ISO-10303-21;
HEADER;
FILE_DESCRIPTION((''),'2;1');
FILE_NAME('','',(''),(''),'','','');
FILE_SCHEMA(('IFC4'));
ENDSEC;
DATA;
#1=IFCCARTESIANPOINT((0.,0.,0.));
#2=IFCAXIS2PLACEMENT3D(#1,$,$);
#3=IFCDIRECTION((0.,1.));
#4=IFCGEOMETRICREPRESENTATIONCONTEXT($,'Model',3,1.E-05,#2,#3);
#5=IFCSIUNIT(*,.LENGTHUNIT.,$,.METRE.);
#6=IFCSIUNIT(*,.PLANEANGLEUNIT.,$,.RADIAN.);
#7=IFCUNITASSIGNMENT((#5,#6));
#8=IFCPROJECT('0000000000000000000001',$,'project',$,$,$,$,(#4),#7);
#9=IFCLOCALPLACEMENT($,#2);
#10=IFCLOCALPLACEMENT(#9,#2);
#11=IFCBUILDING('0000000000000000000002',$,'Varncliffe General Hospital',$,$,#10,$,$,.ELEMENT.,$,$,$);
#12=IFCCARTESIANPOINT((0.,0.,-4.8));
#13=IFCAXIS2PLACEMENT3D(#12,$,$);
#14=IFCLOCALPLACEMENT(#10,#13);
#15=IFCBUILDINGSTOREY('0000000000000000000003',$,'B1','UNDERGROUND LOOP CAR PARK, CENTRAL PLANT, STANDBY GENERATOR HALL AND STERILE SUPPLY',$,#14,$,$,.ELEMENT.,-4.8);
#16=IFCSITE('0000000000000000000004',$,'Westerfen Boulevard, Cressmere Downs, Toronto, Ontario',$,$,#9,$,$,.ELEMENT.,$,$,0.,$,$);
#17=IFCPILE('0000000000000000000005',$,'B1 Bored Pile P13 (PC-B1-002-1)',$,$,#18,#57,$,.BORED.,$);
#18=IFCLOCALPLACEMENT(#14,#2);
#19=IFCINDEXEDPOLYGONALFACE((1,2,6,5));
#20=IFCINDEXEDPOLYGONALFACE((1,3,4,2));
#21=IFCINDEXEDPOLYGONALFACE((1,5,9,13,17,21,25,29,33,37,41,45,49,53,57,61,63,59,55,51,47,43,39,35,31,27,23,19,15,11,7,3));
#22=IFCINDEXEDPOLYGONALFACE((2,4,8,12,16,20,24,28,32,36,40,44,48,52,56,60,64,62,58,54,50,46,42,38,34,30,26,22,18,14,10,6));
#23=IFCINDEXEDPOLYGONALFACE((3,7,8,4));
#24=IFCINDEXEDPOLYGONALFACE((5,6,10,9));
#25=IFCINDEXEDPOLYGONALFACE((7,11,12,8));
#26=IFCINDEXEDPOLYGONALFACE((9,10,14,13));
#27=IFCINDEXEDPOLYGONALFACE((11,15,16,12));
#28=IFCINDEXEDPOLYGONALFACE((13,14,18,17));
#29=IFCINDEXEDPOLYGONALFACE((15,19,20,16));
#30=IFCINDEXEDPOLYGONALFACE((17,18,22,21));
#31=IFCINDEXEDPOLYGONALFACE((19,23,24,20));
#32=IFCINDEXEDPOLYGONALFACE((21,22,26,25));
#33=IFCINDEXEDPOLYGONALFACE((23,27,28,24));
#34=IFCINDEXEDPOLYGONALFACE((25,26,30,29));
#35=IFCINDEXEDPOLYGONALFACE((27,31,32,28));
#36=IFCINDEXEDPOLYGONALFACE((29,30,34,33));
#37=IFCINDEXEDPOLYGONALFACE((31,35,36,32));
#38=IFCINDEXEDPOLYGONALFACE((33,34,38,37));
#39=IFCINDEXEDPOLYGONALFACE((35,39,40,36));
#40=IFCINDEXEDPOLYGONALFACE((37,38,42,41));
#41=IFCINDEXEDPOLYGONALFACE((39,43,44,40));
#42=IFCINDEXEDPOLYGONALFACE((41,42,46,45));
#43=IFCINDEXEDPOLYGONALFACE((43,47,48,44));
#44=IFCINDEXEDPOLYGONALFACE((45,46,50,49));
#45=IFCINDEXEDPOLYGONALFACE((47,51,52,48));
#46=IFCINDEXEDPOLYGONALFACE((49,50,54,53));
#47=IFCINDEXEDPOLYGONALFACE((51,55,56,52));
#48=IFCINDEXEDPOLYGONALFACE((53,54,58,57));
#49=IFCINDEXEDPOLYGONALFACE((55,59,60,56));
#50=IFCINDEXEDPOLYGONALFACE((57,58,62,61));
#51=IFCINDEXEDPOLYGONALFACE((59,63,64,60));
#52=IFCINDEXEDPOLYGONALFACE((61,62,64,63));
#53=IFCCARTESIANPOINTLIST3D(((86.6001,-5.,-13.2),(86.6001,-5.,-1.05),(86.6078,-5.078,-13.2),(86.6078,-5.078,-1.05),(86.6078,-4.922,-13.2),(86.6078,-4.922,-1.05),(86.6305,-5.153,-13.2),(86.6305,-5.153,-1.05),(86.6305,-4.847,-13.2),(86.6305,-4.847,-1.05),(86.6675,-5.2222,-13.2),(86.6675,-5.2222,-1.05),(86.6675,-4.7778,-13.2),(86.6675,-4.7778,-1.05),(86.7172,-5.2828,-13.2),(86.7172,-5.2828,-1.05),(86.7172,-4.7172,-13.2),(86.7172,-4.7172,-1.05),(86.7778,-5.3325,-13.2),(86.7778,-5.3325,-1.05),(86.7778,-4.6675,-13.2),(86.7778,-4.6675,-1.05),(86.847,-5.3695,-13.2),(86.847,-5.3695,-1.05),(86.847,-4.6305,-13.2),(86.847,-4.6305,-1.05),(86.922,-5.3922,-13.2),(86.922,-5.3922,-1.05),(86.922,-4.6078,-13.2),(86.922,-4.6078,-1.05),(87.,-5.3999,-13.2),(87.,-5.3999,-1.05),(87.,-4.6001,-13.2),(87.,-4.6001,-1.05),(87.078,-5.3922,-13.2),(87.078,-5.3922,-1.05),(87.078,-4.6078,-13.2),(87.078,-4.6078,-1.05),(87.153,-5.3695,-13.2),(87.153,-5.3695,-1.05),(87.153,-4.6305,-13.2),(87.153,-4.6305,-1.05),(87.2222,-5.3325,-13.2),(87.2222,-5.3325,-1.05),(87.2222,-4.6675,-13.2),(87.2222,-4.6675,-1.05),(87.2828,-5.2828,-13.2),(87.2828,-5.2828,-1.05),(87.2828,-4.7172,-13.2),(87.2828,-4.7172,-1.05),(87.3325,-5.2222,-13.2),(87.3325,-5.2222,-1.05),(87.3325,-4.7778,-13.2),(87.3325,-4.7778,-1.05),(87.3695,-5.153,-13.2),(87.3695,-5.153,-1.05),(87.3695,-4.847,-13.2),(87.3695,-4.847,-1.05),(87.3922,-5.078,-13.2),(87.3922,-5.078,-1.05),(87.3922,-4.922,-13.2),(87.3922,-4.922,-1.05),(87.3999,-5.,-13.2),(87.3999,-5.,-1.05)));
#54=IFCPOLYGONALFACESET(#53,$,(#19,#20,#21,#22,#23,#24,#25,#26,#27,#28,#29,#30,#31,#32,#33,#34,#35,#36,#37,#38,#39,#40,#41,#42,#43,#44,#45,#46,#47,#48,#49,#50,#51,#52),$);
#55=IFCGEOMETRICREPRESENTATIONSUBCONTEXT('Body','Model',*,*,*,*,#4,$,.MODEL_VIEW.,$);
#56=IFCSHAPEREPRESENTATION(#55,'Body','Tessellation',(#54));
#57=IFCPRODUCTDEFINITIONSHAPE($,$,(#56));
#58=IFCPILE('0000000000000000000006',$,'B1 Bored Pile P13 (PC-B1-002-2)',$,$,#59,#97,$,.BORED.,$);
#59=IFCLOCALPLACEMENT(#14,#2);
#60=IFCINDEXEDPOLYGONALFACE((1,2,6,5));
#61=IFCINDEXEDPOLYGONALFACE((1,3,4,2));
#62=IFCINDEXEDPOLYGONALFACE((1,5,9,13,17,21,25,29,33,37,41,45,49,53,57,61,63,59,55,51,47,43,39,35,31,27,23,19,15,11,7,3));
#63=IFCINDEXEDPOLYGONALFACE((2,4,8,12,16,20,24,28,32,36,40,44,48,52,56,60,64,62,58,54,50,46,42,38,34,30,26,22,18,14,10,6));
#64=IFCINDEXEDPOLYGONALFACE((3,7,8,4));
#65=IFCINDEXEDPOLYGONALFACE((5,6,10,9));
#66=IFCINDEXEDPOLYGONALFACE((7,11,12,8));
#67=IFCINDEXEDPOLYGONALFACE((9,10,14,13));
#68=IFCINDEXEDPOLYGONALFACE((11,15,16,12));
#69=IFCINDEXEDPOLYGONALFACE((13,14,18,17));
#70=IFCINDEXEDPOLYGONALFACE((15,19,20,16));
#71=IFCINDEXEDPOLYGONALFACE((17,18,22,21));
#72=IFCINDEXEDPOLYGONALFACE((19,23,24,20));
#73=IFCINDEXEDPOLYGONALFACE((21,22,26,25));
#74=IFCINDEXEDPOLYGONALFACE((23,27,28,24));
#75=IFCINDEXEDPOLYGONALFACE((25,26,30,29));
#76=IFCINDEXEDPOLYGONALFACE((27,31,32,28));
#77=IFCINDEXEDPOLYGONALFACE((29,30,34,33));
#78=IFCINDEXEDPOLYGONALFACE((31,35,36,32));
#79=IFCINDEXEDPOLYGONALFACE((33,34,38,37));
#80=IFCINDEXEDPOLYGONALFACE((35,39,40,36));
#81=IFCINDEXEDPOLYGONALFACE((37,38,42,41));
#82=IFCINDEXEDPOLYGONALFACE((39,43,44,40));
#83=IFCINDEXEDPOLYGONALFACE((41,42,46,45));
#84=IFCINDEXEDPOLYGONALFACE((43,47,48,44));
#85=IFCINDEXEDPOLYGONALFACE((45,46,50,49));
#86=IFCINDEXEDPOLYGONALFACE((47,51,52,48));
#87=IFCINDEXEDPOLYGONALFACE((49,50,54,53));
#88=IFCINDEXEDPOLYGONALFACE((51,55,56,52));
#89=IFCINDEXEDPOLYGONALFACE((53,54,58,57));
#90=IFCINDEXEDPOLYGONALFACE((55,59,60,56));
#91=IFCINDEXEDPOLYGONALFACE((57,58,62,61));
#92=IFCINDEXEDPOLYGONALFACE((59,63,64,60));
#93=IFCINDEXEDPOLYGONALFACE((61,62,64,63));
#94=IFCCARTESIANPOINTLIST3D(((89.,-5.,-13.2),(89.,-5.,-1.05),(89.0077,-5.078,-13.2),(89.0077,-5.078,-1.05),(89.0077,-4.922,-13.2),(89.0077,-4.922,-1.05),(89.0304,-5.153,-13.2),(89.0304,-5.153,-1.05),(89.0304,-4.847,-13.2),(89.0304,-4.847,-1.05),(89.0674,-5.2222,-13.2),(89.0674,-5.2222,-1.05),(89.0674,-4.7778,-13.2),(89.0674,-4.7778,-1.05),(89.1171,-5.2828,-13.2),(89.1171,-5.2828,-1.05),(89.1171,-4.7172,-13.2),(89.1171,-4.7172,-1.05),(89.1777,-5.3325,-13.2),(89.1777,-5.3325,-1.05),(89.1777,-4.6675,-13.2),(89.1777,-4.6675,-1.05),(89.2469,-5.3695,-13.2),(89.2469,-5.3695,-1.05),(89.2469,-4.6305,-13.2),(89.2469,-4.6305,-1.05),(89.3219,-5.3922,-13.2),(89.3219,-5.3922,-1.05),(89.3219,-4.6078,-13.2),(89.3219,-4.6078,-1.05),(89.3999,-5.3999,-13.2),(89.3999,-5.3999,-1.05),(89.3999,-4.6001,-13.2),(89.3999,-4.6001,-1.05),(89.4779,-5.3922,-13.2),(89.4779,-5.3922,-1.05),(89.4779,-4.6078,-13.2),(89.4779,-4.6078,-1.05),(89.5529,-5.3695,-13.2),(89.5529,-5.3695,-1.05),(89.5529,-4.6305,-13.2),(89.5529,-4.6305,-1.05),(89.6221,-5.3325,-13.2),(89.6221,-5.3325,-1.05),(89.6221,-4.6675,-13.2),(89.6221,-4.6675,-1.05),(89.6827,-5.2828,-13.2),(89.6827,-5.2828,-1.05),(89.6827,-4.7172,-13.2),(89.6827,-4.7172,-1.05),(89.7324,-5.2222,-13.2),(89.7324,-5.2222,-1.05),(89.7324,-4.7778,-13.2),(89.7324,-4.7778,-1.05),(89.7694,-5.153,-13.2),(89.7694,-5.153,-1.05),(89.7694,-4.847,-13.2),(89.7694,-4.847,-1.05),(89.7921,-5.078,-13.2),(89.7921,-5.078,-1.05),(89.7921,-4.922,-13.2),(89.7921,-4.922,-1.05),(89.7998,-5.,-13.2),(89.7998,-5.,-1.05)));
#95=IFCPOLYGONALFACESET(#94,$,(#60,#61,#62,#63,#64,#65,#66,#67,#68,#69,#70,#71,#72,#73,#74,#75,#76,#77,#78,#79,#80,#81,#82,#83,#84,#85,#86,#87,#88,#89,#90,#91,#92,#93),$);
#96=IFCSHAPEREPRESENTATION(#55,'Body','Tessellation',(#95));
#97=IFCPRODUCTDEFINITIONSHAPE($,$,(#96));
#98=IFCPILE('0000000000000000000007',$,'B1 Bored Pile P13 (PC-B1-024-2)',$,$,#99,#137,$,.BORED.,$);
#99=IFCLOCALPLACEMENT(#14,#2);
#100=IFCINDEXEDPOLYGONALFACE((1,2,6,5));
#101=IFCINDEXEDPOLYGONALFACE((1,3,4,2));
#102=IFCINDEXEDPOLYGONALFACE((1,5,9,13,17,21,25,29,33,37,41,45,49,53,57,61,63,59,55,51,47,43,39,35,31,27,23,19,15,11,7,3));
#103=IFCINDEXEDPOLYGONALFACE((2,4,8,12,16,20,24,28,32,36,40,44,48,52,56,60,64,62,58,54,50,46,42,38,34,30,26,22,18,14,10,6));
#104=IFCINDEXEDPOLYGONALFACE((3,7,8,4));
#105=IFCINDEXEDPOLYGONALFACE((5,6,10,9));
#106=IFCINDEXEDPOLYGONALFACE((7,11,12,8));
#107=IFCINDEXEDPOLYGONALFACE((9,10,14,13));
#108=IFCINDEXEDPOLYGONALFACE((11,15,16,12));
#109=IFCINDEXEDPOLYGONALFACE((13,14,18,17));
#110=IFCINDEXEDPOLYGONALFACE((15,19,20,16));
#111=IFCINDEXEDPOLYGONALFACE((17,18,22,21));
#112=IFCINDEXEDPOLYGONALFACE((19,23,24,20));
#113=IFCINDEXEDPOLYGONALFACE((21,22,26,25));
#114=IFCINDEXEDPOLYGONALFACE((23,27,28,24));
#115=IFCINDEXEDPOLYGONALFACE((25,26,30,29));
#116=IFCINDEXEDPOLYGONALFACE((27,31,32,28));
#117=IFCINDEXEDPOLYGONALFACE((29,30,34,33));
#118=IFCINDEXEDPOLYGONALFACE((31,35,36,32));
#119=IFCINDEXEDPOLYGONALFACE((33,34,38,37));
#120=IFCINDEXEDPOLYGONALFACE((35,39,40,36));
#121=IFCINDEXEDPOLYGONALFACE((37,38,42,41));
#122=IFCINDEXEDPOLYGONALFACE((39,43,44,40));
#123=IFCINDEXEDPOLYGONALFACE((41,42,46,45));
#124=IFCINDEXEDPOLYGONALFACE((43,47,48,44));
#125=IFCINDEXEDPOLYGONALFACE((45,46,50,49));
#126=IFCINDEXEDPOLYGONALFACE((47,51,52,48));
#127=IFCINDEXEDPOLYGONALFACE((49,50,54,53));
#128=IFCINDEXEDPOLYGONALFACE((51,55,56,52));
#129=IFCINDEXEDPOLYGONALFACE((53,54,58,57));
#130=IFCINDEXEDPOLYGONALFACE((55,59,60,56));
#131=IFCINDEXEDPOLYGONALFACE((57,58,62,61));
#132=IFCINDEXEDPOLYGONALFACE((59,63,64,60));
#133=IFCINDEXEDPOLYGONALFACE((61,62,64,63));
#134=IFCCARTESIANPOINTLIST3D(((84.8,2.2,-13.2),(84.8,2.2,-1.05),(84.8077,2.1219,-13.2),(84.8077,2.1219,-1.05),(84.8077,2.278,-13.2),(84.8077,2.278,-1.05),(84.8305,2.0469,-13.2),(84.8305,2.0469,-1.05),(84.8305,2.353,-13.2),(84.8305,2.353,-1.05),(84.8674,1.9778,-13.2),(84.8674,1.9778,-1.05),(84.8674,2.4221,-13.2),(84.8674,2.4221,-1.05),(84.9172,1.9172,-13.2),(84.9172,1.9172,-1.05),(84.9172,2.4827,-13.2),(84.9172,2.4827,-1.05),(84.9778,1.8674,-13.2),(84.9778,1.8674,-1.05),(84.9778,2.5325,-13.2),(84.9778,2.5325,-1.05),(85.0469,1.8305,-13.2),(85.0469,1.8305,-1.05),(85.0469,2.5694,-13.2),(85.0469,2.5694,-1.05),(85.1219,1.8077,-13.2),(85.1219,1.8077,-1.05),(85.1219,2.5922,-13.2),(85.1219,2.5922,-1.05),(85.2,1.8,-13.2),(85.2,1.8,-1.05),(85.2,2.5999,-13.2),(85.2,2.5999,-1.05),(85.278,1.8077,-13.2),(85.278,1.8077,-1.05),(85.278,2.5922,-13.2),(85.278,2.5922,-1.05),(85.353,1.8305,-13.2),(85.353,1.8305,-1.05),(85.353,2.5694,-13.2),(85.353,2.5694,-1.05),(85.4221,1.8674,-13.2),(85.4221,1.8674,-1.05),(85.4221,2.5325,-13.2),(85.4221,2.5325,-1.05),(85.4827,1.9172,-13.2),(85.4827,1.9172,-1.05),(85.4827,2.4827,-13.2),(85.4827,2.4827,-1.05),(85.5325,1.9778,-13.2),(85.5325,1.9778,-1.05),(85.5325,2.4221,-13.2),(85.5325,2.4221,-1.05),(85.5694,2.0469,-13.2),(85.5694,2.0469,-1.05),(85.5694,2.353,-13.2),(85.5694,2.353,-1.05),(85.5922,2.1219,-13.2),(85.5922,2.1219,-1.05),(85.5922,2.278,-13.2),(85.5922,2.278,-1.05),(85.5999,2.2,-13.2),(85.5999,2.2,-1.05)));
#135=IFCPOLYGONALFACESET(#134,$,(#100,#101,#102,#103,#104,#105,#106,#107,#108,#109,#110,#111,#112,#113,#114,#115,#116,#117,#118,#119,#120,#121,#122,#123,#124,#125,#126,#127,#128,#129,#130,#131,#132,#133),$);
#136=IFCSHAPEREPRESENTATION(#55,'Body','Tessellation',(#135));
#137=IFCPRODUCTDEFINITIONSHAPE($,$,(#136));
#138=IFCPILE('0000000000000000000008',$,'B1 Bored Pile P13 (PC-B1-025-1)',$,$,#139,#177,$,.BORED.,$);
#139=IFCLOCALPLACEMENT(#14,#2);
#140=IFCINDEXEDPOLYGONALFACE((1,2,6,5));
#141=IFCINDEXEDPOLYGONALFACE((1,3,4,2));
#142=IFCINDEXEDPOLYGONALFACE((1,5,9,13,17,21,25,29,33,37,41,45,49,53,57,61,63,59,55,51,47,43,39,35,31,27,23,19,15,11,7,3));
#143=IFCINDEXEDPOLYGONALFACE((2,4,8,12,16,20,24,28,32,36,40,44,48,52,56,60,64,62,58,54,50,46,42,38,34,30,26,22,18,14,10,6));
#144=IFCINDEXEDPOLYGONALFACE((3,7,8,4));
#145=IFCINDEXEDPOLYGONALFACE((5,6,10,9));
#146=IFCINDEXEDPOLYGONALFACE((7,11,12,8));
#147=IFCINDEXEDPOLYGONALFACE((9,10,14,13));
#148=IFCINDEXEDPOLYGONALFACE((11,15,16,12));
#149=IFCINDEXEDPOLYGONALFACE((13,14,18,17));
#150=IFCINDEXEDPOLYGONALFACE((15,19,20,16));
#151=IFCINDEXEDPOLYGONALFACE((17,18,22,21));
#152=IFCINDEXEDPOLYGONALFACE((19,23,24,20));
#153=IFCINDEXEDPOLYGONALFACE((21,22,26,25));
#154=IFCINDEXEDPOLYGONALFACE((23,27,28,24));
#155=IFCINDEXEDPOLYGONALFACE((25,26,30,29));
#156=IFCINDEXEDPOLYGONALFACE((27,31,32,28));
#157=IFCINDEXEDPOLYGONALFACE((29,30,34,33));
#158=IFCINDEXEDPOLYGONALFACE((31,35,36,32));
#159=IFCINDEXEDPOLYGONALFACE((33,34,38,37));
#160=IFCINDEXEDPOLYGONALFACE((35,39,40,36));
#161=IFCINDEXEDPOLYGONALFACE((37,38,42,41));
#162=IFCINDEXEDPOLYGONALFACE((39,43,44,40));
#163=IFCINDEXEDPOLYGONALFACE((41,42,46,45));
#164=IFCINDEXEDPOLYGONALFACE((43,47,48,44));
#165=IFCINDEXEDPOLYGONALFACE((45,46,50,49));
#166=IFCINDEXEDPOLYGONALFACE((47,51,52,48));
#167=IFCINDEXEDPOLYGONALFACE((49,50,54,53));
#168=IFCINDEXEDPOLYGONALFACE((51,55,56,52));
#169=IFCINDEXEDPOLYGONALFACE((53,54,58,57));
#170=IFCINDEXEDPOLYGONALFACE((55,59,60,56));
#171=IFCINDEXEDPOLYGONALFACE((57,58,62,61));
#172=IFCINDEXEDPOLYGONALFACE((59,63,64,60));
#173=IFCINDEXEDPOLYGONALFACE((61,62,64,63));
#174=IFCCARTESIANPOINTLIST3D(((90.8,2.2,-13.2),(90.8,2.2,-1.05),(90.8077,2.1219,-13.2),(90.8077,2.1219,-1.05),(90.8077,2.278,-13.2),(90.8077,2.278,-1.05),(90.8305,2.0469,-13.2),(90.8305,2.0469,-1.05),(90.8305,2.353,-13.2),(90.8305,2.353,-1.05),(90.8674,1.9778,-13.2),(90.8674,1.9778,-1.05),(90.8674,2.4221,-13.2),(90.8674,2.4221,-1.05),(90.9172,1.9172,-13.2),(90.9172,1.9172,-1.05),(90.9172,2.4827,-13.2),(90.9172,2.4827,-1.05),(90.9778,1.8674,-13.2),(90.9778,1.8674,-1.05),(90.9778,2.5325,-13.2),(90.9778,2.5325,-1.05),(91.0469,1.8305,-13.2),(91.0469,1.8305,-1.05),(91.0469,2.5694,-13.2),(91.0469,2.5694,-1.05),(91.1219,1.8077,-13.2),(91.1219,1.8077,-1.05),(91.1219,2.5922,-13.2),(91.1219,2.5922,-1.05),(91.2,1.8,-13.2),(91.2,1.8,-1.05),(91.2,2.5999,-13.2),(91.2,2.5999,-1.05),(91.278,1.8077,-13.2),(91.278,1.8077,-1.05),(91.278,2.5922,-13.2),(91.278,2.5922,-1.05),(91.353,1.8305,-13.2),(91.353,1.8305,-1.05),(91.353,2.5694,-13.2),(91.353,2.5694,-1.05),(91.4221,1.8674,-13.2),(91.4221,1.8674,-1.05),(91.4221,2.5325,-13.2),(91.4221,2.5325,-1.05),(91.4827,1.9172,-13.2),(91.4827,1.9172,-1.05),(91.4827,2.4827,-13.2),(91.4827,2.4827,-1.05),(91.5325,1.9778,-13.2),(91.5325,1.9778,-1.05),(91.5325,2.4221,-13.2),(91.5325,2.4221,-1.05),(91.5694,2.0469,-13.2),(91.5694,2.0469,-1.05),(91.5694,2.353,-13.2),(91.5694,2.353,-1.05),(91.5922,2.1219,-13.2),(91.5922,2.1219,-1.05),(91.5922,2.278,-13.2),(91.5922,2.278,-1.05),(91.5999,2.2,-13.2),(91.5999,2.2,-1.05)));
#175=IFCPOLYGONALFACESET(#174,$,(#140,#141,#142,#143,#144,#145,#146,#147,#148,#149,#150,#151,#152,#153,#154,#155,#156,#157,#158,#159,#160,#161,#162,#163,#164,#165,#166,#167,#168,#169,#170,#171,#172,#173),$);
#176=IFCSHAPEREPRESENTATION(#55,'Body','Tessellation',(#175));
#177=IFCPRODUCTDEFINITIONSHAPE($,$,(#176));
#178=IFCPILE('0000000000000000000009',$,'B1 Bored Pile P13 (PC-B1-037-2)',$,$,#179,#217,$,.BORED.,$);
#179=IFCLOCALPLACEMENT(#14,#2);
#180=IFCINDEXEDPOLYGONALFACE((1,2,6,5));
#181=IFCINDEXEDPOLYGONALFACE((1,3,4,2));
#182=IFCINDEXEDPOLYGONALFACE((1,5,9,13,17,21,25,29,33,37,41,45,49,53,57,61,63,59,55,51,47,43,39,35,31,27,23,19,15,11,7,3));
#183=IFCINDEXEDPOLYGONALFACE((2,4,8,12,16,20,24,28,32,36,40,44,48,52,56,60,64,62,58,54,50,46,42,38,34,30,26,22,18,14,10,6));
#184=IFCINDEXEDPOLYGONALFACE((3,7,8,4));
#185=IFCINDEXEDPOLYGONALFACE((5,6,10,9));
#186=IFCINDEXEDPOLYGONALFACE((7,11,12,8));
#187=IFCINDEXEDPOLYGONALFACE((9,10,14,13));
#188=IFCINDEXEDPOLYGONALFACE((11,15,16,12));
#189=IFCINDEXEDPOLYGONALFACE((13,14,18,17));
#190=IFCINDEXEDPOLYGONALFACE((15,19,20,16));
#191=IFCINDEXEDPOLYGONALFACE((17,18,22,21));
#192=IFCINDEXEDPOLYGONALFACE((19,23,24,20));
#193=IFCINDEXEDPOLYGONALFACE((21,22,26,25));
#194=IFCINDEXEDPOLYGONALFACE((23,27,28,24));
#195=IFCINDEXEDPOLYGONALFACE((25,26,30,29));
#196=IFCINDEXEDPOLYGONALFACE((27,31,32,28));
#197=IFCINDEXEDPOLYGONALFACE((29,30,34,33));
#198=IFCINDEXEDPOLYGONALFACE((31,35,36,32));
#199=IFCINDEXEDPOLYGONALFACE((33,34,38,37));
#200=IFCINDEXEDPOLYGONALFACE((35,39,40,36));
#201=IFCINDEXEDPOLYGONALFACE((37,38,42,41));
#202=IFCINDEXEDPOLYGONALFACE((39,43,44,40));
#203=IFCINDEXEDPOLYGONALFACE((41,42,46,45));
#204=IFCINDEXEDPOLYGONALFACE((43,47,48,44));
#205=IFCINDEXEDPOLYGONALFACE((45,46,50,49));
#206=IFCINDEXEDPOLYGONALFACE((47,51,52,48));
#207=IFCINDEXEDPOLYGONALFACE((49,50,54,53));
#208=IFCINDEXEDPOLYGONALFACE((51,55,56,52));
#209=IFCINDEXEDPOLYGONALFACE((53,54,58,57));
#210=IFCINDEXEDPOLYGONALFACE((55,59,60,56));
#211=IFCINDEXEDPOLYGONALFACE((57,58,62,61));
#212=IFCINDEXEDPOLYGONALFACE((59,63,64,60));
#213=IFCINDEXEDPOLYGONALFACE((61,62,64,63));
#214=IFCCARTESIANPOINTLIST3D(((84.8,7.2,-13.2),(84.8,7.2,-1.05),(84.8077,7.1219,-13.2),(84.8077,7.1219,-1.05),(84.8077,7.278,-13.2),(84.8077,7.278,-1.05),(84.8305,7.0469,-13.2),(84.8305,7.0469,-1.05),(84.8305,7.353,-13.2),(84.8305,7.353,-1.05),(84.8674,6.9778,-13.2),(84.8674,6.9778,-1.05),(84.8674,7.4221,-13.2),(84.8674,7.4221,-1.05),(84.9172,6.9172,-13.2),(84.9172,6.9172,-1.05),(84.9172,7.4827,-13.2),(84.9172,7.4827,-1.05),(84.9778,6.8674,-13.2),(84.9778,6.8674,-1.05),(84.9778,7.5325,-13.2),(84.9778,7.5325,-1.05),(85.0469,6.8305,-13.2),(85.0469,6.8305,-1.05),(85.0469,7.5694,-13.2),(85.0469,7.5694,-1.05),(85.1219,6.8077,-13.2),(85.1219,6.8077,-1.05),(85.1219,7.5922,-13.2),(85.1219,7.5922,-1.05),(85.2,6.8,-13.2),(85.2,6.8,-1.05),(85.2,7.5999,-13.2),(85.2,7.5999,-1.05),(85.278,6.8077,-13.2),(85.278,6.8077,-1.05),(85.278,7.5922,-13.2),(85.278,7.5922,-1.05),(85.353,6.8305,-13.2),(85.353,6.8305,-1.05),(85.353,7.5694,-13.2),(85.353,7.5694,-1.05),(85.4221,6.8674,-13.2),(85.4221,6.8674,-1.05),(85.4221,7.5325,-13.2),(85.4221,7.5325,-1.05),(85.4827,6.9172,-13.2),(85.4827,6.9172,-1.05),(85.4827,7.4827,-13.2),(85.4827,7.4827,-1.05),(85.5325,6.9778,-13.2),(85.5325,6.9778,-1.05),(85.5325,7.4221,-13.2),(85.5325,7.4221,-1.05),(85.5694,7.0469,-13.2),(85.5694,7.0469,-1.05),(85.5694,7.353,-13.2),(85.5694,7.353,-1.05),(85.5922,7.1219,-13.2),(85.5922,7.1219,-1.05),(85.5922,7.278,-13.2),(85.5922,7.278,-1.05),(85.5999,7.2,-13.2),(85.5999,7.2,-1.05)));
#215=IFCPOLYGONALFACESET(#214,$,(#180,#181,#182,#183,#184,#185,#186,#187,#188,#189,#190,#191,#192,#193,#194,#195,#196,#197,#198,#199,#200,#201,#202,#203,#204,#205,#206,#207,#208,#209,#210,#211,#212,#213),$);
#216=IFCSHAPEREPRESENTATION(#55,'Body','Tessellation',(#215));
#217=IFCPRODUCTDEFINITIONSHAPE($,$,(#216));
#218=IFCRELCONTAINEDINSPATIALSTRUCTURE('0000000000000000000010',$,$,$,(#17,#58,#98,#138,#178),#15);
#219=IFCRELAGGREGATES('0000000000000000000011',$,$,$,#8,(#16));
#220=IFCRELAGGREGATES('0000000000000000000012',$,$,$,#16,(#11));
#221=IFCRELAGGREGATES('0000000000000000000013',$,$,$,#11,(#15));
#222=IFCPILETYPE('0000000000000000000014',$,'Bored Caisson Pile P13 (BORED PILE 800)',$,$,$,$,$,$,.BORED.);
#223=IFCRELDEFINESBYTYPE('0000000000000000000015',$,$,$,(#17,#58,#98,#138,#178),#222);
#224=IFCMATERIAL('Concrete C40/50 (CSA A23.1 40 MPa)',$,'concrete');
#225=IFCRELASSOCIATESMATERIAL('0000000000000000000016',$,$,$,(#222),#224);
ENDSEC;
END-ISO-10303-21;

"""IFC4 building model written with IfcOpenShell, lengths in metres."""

from ifc_helpers import new_model, si_unit, direction, frame, origin, origin_2d, place, context, subcontext, project, spatial, circle, extrude, material, material_profile, profile_set, type_object, element, save


model = new_model("IFC4")

# Units and contexts
model_context = context("Model", 3, precision=1e-05, world=origin(), true_north=direction((0.0, 1.0)))
body_context = subcontext(model_context, "Body", "Model", "MODEL_VIEW")
ifc_project = project(units=[si_unit("LENGTHUNIT", "METRE"), si_unit("PLANEANGLEUNIT", "RADIAN")], contexts=[model_context])

# Site, building, storey
site_placement = place(None, origin())
site = spatial("IfcSite", under=ifc_project, at=site_placement, Name="Westerfen Boulevard, Cressmere Downs, Toronto, Ontario", CompositionType="ELEMENT", RefElevation=0.0)
building_placement = place(site_placement, origin())
building = spatial("IfcBuilding", under=site, at=building_placement, Name="Varncliffe General Hospital", CompositionType="ELEMENT")
storey_placement = place(building_placement, frame((0.0, 0.0, -4.8)))
storey = spatial("IfcBuildingStorey", under=building, at=storey_placement, Name="B1", Description="UNDERGROUND LOOP CAR PARK, CENTRAL PLANT, STANDBY GENERATOR HALL AND STERILE SUPPLY", CompositionType="ELEMENT", Elevation=-4.8)

# Piles
ifc_material_1 = material(Name="Concrete C40/50 (CSA A23.1 40 MPa)", Category="concrete")
ifc_material_profile_1 = material_profile(ifc_material_1, circle(Radius=0.3999, at=origin_2d()), Name="BORED PILE 800")
ifc_profile_set_1 = profile_set([ifc_material_profile_1], Name="Concrete C40/50 (CSA A23.1 40 MPa)")
pile_type = type_object("IfcPileType", Name="Bored Caisson Pile P13 (BORED PILE 800)", PredefinedType="BORED", material=ifc_profile_set_1)
for number, where, z_axis, x_axis, name in (
    (1, (87.0, -5.0, -1.05), (0.0, 0.0, -1.0), (1.0, 0.0, 0.0), "B1 Bored Pile P13 (PC-B1-002-1)"),
    (2, (89.3999, -5.0, -1.05), (0.0, 0.0, -1.0), (1.0, 0.0, 0.0), "B1 Bored Pile P13 (PC-B1-002-2)"),
    (3, (85.2, 2.2, -1.05), (0.0, 0.0, -1.0), (1.0, 0.0, 0.0), "B1 Bored Pile P13 (PC-B1-024-2)"),
    (4, (91.2, 2.2, -1.05), (0.0, 0.0, -1.0), (1.0, 0.0, 0.0), "B1 Bored Pile P13 (PC-B1-025-1)"),
    (5, (85.2, 7.2, -1.05), (0.0, 0.0, -1.0), (1.0, 0.0, 0.0), "B1 Bored Pile P13 (PC-B1-037-2)"),
):
    element("IfcPile", number, at=place(storey_placement, frame(where, z_axis=z_axis, x_axis=x_axis)), inside=storey, type_object=pile_type, Name=name, PredefinedType="BORED", context=body_context, shape_type="SweptSolid", body=[
        extrude(circle(Radius=0.3999, at=origin_2d()), origin(), (0.0, 0.0, 1.0), 12.1499),
    ])

save(model, "model.ifc")
